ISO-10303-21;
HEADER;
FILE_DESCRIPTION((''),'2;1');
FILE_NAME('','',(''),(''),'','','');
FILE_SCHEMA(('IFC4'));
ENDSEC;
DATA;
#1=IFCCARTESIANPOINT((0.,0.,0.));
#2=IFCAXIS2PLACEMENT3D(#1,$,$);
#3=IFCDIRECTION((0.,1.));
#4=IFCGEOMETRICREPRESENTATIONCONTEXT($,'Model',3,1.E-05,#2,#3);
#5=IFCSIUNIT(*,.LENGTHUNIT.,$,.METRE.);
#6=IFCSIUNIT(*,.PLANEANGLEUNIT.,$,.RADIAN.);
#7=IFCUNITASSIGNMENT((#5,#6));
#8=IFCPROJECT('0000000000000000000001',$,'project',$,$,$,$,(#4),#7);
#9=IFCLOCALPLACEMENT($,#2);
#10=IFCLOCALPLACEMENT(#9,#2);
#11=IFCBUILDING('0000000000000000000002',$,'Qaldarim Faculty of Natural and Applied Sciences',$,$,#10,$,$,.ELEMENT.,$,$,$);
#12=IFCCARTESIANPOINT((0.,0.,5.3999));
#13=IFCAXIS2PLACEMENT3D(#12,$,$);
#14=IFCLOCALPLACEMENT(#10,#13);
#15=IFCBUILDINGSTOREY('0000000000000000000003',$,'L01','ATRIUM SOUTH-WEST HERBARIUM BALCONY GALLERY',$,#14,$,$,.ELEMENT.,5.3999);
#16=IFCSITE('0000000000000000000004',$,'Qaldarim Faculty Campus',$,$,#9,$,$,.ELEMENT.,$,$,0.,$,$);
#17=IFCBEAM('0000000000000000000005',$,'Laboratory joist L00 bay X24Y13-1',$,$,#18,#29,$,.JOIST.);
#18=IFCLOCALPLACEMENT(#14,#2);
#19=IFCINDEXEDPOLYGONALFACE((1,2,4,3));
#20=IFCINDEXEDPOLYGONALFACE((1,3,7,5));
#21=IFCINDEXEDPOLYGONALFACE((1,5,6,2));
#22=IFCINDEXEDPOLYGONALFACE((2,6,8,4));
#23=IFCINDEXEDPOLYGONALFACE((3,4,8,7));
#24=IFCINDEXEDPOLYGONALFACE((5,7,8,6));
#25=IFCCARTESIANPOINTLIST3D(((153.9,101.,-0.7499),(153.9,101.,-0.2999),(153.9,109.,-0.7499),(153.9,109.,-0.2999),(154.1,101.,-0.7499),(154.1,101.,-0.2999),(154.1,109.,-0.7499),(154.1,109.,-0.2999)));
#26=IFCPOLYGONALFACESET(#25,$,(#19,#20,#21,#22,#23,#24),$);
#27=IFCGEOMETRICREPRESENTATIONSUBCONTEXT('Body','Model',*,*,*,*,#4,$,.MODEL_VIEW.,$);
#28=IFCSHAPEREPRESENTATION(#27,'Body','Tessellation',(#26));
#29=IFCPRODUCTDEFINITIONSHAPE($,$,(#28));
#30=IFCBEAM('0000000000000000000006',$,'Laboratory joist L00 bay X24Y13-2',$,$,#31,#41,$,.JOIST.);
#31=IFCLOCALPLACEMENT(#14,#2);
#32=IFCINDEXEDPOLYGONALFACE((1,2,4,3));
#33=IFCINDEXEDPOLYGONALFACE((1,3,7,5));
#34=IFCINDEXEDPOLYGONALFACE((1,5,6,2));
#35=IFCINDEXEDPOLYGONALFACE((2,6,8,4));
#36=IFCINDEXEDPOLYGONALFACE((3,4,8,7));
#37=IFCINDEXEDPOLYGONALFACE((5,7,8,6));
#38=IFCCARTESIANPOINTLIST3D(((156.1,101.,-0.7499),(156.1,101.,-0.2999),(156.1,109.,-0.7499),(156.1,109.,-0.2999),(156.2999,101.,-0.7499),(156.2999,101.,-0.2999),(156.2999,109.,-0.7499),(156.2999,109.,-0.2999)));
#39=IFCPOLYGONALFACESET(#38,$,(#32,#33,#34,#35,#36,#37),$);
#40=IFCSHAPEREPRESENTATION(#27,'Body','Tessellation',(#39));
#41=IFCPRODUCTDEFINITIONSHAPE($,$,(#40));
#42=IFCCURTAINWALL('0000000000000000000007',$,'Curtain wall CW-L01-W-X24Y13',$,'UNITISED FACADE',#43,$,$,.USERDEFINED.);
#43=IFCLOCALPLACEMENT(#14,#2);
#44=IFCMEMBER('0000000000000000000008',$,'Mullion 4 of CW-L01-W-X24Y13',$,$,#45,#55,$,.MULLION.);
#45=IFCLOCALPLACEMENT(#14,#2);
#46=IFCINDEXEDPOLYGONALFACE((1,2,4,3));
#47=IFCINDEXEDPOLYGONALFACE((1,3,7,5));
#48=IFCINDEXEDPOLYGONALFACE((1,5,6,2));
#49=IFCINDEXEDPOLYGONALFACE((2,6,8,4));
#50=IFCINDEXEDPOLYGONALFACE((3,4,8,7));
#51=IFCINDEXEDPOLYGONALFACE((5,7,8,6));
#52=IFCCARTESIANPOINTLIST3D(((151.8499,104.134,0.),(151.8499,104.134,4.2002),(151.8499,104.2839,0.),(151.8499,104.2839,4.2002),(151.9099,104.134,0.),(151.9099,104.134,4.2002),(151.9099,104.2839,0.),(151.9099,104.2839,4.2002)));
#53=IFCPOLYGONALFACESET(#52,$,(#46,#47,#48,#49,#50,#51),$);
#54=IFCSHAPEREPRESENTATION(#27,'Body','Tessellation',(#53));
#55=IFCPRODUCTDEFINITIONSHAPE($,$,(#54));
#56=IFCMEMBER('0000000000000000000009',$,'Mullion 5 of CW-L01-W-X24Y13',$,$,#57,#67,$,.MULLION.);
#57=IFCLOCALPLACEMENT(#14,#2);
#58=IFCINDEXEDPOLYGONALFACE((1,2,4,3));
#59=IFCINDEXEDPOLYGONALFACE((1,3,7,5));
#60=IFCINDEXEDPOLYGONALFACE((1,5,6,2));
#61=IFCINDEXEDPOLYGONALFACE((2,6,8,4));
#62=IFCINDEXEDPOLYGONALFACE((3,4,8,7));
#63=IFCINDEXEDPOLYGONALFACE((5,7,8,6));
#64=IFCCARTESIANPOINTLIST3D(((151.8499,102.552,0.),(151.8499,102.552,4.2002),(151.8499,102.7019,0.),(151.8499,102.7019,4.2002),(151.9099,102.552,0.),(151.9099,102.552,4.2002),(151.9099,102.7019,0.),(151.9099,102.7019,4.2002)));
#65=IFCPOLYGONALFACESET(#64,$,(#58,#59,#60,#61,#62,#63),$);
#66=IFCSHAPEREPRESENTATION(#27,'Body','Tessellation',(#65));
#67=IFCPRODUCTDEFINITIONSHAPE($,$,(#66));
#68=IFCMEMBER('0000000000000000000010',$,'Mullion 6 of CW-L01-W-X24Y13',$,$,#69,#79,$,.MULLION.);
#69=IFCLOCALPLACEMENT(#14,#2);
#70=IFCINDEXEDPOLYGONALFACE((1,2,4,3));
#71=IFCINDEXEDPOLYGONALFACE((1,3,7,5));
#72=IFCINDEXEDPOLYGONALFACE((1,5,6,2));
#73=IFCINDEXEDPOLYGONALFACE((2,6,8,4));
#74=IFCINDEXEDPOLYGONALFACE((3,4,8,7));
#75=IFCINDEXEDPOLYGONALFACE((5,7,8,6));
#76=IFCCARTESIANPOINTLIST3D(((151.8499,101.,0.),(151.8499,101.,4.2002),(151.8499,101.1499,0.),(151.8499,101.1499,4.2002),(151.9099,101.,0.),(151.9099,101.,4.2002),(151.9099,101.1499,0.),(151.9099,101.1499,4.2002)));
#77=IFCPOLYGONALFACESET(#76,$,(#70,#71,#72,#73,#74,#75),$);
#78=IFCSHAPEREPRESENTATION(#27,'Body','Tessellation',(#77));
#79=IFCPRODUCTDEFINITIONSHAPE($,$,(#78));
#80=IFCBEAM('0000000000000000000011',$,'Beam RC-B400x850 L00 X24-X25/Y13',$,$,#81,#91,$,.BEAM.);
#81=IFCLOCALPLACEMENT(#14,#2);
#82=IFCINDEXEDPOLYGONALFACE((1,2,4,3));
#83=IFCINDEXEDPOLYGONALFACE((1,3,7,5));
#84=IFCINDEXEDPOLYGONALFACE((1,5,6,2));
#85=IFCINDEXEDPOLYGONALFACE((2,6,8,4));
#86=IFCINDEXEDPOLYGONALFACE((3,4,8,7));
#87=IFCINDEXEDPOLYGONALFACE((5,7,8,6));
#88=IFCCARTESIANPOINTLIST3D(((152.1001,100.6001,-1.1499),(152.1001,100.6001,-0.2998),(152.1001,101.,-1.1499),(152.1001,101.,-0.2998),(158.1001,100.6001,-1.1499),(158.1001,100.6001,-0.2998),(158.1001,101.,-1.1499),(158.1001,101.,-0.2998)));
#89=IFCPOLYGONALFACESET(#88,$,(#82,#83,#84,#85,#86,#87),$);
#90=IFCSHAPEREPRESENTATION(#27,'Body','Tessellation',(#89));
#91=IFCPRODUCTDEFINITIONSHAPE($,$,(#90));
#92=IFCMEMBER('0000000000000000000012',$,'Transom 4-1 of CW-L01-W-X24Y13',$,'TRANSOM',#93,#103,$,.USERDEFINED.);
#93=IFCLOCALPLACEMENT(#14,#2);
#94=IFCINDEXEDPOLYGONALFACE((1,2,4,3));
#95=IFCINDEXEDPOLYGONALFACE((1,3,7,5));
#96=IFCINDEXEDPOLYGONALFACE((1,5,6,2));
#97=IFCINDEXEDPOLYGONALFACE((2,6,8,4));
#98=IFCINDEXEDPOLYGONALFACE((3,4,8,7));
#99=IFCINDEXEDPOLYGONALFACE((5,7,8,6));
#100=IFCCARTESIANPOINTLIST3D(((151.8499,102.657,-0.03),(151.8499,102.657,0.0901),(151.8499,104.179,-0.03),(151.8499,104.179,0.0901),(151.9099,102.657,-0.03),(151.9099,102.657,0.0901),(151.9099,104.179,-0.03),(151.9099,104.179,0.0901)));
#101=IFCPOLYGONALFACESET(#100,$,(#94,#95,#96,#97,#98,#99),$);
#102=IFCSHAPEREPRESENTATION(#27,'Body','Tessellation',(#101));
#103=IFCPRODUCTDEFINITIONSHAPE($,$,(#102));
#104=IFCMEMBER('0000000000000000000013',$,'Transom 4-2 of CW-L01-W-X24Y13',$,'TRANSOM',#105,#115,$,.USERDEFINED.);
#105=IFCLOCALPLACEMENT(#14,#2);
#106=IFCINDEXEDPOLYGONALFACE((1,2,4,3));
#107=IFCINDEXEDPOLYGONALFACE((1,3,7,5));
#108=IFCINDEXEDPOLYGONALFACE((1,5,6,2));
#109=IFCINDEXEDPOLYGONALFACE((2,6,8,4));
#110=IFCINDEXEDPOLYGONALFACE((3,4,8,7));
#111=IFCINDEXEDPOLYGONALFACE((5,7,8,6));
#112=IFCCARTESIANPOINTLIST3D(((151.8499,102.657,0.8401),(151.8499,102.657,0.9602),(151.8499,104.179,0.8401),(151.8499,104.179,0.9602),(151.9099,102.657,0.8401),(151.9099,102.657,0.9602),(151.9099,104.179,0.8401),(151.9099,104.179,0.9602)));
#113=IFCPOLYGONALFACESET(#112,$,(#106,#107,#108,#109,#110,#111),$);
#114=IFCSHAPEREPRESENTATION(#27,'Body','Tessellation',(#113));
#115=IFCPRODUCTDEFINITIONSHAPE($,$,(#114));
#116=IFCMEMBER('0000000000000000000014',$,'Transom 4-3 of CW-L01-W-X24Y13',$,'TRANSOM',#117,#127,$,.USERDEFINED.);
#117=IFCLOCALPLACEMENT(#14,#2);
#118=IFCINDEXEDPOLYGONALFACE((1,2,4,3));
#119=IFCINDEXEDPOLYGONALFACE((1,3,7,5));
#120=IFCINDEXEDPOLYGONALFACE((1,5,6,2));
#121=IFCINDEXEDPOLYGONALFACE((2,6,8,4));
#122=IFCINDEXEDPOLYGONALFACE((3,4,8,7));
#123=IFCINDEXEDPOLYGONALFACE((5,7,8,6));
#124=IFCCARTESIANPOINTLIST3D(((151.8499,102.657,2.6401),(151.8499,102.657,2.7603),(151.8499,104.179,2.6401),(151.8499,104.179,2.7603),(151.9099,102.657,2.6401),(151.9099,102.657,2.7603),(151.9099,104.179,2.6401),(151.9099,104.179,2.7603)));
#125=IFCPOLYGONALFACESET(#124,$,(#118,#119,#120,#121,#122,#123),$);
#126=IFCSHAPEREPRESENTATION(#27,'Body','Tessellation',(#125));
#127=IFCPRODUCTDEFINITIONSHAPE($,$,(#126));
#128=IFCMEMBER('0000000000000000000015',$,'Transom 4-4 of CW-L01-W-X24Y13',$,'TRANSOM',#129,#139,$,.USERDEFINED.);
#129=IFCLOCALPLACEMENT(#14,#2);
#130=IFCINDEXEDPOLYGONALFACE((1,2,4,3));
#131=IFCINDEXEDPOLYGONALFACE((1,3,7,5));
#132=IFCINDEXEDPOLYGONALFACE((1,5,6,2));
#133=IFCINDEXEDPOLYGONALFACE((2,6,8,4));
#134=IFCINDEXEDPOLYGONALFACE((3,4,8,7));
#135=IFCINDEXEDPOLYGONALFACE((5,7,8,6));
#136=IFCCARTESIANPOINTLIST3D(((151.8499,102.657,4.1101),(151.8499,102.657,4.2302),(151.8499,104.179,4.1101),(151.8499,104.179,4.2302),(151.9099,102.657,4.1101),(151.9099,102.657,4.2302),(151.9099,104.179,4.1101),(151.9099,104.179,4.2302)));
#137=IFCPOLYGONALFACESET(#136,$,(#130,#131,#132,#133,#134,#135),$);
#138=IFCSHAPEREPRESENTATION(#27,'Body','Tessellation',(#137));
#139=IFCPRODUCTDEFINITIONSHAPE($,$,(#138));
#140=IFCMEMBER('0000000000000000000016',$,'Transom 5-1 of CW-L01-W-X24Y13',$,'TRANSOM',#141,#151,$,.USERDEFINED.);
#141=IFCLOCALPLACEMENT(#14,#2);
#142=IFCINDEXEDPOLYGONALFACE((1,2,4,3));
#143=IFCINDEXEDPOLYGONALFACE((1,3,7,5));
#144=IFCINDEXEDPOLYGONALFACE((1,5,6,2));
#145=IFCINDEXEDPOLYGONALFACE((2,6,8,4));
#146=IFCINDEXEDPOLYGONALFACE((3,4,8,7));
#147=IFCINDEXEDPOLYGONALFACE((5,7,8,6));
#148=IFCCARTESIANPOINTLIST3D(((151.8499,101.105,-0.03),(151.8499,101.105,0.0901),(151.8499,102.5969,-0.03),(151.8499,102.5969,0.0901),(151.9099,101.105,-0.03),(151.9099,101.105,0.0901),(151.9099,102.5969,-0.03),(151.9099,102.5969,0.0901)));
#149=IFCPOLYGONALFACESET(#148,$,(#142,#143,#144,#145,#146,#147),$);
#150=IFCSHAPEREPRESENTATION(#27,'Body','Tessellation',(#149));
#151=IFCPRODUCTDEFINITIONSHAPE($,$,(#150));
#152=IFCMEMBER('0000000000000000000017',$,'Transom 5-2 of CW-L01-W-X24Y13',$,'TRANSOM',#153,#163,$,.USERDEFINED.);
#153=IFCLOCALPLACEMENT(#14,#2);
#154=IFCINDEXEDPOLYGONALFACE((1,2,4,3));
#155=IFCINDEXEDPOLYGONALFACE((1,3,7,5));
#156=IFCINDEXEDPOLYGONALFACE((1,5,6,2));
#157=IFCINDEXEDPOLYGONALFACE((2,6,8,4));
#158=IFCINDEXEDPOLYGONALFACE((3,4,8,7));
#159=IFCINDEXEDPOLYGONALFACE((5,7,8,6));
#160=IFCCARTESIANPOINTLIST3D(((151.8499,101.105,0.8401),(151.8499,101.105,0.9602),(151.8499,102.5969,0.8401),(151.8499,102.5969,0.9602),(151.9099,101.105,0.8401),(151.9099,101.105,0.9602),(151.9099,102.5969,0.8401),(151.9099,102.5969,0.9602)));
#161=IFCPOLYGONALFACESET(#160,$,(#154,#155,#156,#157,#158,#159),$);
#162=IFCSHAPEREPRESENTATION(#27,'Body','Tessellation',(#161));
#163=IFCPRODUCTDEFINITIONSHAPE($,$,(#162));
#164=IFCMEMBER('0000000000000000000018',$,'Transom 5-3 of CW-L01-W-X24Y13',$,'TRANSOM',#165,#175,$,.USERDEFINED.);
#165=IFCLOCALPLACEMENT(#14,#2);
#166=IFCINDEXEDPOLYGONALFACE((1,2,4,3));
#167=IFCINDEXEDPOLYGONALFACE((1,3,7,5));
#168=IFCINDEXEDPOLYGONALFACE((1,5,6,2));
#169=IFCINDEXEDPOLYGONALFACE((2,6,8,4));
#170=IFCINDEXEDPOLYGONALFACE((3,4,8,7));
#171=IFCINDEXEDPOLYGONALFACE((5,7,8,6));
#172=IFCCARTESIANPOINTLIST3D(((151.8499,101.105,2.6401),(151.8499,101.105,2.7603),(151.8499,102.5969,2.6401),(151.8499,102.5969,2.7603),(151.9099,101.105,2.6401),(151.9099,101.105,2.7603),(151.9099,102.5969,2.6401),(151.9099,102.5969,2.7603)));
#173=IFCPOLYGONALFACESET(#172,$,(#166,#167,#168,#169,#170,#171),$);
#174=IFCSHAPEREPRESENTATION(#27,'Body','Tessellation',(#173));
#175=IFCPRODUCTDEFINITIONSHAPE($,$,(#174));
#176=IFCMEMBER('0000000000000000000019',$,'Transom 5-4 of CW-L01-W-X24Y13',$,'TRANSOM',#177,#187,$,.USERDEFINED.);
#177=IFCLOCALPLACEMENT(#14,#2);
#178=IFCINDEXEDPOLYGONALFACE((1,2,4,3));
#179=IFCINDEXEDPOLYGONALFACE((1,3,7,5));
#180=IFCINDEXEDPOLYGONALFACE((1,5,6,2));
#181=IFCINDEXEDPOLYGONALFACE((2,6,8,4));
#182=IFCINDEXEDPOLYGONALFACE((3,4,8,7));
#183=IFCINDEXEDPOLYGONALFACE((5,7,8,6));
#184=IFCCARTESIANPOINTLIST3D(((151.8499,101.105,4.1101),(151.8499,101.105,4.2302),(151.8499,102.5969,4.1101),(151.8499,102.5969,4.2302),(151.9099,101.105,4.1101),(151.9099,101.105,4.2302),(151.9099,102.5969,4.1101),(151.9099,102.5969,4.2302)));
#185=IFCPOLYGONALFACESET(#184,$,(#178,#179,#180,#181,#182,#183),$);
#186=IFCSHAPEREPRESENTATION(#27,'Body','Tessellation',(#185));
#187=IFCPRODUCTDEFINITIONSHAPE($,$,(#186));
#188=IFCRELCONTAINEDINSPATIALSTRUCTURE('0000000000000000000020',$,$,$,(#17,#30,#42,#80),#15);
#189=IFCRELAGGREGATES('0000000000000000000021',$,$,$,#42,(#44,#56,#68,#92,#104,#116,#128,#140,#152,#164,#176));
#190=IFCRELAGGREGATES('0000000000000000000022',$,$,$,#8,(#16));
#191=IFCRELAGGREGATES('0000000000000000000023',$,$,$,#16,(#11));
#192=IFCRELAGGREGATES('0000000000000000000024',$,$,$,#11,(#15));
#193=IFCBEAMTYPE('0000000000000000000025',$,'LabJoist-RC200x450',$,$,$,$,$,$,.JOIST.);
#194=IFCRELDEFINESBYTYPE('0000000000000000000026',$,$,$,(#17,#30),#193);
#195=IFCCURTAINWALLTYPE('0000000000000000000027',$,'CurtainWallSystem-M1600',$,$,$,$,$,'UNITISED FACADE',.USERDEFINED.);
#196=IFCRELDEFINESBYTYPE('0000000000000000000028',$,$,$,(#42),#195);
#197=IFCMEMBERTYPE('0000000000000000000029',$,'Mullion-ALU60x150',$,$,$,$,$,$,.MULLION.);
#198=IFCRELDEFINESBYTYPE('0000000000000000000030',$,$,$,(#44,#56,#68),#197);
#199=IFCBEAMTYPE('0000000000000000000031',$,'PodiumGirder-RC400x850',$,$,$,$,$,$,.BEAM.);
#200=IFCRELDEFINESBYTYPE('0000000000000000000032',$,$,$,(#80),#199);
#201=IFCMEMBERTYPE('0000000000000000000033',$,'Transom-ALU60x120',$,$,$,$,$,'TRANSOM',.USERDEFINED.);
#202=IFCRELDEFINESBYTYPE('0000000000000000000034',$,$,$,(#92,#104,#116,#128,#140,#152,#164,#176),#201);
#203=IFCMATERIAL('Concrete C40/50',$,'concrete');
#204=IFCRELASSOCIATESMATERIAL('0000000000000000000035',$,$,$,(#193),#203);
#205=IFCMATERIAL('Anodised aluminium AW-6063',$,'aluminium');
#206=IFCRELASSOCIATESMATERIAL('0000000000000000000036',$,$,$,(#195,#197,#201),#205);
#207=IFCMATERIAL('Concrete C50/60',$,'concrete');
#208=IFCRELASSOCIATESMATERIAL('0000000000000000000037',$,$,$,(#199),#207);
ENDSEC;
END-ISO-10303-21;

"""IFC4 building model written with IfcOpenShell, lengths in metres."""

from ifc_helpers import new_model, si_unit, direction, frame, origin, origin_2d, place, context, subcontext, project, spatial, rectangle, extrude, material, material_profile, profile_set, type_object, element, aggregate, save


model = new_model("IFC4")

# Units and contexts
model_context = context("Model", 3, precision=1e-05, world=origin(), true_north=direction((0.0, 1.0)))
body_context = subcontext(model_context, "Body", "Model", "MODEL_VIEW")
ifc_project = project(units=[si_unit("LENGTHUNIT", "METRE"), si_unit("PLANEANGLEUNIT", "RADIAN")], contexts=[model_context])

# Site, building, storey
site_placement = place(None, origin())
site = spatial("IfcSite", under=ifc_project, at=site_placement, Name="Qaldarim Faculty Campus", CompositionType="ELEMENT", RefElevation=0.0)
building_placement = place(site_placement, origin())
building = spatial("IfcBuilding", under=site, at=building_placement, Name="Qaldarim Faculty of Natural and Applied Sciences", CompositionType="ELEMENT")
storey_placement = place(building_placement, frame((0.0, 0.0, 5.3999)))
storey = spatial("IfcBuildingStorey", under=building, at=storey_placement, Name="L01", Description="ATRIUM SOUTH-WEST HERBARIUM BALCONY GALLERY", CompositionType="ELEMENT", Elevation=5.3999)

# Beams
ifc_material_1 = material(Name="Concrete C40/50", Category="concrete")
ifc_material_profile_1 = material_profile(ifc_material_1, rectangle(XDim=0.2, YDim=0.45, at=origin_2d()), Name="RC-J200x450")
ifc_profile_set_1 = profile_set([ifc_material_profile_1], Name="Concrete C40/50")
beam_type_1 = type_object("IfcBeamType", Name="LabJoist-RC200x450", PredefinedType="JOIST", material=ifc_profile_set_1)
for number, where, z_axis, x_axis, name in (
    (1, (154.0, 101.0, -0.5249), (0.0, 1.0, 0.0), (-1.0, 0.0, 0.0), "Laboratory joist L00 bay X24Y13-1"),
    (2, (156.2, 101.0, -0.5249), (0.0, 1.0, 0.0), (-1.0, 0.0, 0.0), "Laboratory joist L00 bay X24Y13-2"),
):
    element("IfcBeam", number, at=place(storey_placement, frame(where, z_axis=z_axis, x_axis=x_axis)), inside=storey, type_object=beam_type_1, Name=name, PredefinedType="JOIST", context=body_context, shape_type="SweptSolid", body=[
        extrude(rectangle(XDim=0.2, YDim=0.45, at=origin_2d()), origin(), (0.0, 0.0, 1.0), 8.0),
    ])

# Curtain wall, members
ifc_material_2 = material(Name="Anodised aluminium AW-6063", Category="aluminium")
curtain_wall_type = type_object("IfcCurtainWallType", Name="CurtainWallSystem-M1600", ElementType="UNITISED FACADE", PredefinedType="USERDEFINED", material=ifc_material_2)
curtain_wall_placement = place(storey_placement, origin())
curtain_wall = element("IfcCurtainWall", 3, at=curtain_wall_placement, inside=storey, type_object=curtain_wall_type, Name="Curtain wall CW-L01-W-X24Y13", ObjectType="UNITISED FACADE", PredefinedType="USERDEFINED")
ifc_material_profile_2 = material_profile(ifc_material_2, rectangle(XDim=0.0601, YDim=0.1499, at=origin_2d()), Name="ALU-M60x150")
ifc_profile_set_2 = profile_set([ifc_material_profile_2], Name="Anodised aluminium AW-6063")
member_type_1 = type_object("IfcMemberType", Name="Mullion-ALU60x150", PredefinedType="MULLION", material=ifc_profile_set_2)
member_1_placement = place(storey_placement, frame((151.8799, 104.209, 0.0), z_axis=(0.0, 0.0, 1.0), x_axis=(1.0, 0.0, 0.0)))
member_1 = element("IfcMember", 4, at=member_1_placement, type_object=member_type_1, Name="Mullion 4 of CW-L01-W-X24Y13", PredefinedType="MULLION", context=body_context, shape_type="SweptSolid", body=[
    extrude(rectangle(XDim=0.0601, YDim=0.1499, at=origin_2d()), origin(), (0.0, 0.0, 1.0), 4.2002),
])
member_2_placement = place(storey_placement, frame((151.8799, 102.627, 0.0), z_axis=(0.0, 0.0, 1.0), x_axis=(1.0, 0.0, 0.0)))
member_2 = element("IfcMember", 5, at=member_2_placement, type_object=member_type_1, Name="Mullion 5 of CW-L01-W-X24Y13", PredefinedType="MULLION", context=body_context, shape_type="SweptSolid", body=[
    extrude(rectangle(XDim=0.0601, YDim=0.1499, at=origin_2d()), origin(), (0.0, 0.0, 1.0), 4.2002),
])
member_3_placement = place(storey_placement, frame((151.8799, 101.075, 0.0), z_axis=(0.0, 0.0, 1.0), x_axis=(1.0, 0.0, 0.0)))
member_3 = element("IfcMember", 6, at=member_3_placement, type_object=member_type_1, Name="Mullion 6 of CW-L01-W-X24Y13", PredefinedType="MULLION", context=body_context, shape_type="SweptSolid", body=[
    extrude(rectangle(XDim=0.0601, YDim=0.1499, at=origin_2d()), origin(), (0.0, 0.0, 1.0), 4.2002),
])

# Beam
ifc_material_3 = material(Name="Concrete C50/60", Category="concrete")
ifc_material_profile_3 = material_profile(ifc_material_3, rectangle(XDim=0.3999, YDim=0.8501, at=origin_2d()), Name="RC-B400x850")
ifc_profile_set_3 = profile_set([ifc_material_profile_3], Name="Concrete C50/60")
beam_type_2 = type_object("IfcBeamType", Name="PodiumGirder-RC400x850", PredefinedType="BEAM", material=ifc_profile_set_3)
beam_placement = place(storey_placement, frame((152.1001, 100.8, -0.7249), z_axis=(1.0, 0.0, 0.0), x_axis=(0.0, 1.0, 0.0)))
element("IfcBeam", 7, at=beam_placement, inside=storey, type_object=beam_type_2, Name="Beam RC-B400x850 L00 X24-X25/Y13", PredefinedType="BEAM", context=body_context, shape_type="SweptSolid", body=[
    extrude(rectangle(XDim=0.3999, YDim=0.8501, at=origin_2d()), origin(), (0.0, 0.0, 1.0), 6.0),
])

# Members
ifc_material_profile_4 = material_profile(ifc_material_2, rectangle(XDim=0.0601, YDim=0.1201, at=origin_2d()), Name="ALU-T60x120")
ifc_profile_set_4 = profile_set([ifc_material_profile_4], Name="Anodised aluminium AW-6063")
member_type_2 = type_object("IfcMemberType", Name="Transom-ALU60x120", ElementType="TRANSOM", PredefinedType="USERDEFINED", material=ifc_profile_set_4)
member_4_placement = place(storey_placement, frame((151.8799, 104.179, 0.03), z_axis=(0.0, -1.0, 0.0), x_axis=(1.0, 0.0, 0.0)))
member_4 = element("IfcMember", 8, at=member_4_placement, type_object=member_type_2, Name="Transom 4-1 of CW-L01-W-X24Y13", ObjectType="TRANSOM", PredefinedType="USERDEFINED", context=body_context, shape_type="SweptSolid", body=[
    extrude(rectangle(XDim=0.0601, YDim=0.1201, at=origin_2d()), origin(), (0.0, 0.0, 1.0), 1.522),
])
member_5_placement = place(storey_placement, frame((151.8799, 104.179, 0.9001), z_axis=(0.0, -1.0, 0.0), x_axis=(1.0, 0.0, 0.0)))
member_5 = element("IfcMember", 9, at=member_5_placement, type_object=member_type_2, Name="Transom 4-2 of CW-L01-W-X24Y13", ObjectType="TRANSOM", PredefinedType="USERDEFINED", context=body_context, shape_type="SweptSolid", body=[
    extrude(rectangle(XDim=0.0601, YDim=0.1201, at=origin_2d()), origin(), (0.0, 0.0, 1.0), 1.522),
])
member_6_placement = place(storey_placement, frame((151.8799, 104.179, 2.7002), z_axis=(0.0, -1.0, 0.0), x_axis=(1.0, 0.0, 0.0)))
member_6 = element("IfcMember", 10, at=member_6_placement, type_object=member_type_2, Name="Transom 4-3 of CW-L01-W-X24Y13", ObjectType="TRANSOM", PredefinedType="USERDEFINED", context=body_context, shape_type="SweptSolid", body=[
    extrude(rectangle(XDim=0.0601, YDim=0.1201, at=origin_2d()), origin(), (0.0, 0.0, 1.0), 1.522),
])
member_7_placement = place(storey_placement, frame((151.8799, 104.179, 4.1702), z_axis=(0.0, -1.0, 0.0), x_axis=(1.0, 0.0, 0.0)))
member_7 = element("IfcMember", 11, at=member_7_placement, type_object=member_type_2, Name="Transom 4-4 of CW-L01-W-X24Y13", ObjectType="TRANSOM", PredefinedType="USERDEFINED", context=body_context, shape_type="SweptSolid", body=[
    extrude(rectangle(XDim=0.0601, YDim=0.1201, at=origin_2d()), origin(), (0.0, 0.0, 1.0), 1.522),
])
member_8_placement = place(storey_placement, frame((151.8799, 102.5969, 0.03), z_axis=(0.0, -1.0, 0.0), x_axis=(1.0, 0.0, 0.0)))
member_8 = element("IfcMember", 12, at=member_8_placement, type_object=member_type_2, Name="Transom 5-1 of CW-L01-W-X24Y13", ObjectType="TRANSOM", PredefinedType="USERDEFINED", context=body_context, shape_type="SweptSolid", body=[
    extrude(rectangle(XDim=0.0601, YDim=0.1201, at=origin_2d()), origin(), (0.0, 0.0, 1.0), 1.4919),
])
member_9_placement = place(storey_placement, frame((151.8799, 102.5969, 0.9001), z_axis=(0.0, -1.0, 0.0), x_axis=(1.0, 0.0, 0.0)))
member_9 = element("IfcMember", 13, at=member_9_placement, type_object=member_type_2, Name="Transom 5-2 of CW-L01-W-X24Y13", ObjectType="TRANSOM", PredefinedType="USERDEFINED", context=body_context, shape_type="SweptSolid", body=[
    extrude(rectangle(XDim=0.0601, YDim=0.1201, at=origin_2d()), origin(), (0.0, 0.0, 1.0), 1.4919),
])
member_10_placement = place(storey_placement, frame((151.8799, 102.5969, 2.7002), z_axis=(0.0, -1.0, 0.0), x_axis=(1.0, 0.0, 0.0)))
member_10 = element("IfcMember", 14, at=member_10_placement, type_object=member_type_2, Name="Transom 5-3 of CW-L01-W-X24Y13", ObjectType="TRANSOM", PredefinedType="USERDEFINED", context=body_context, shape_type="SweptSolid", body=[
    extrude(rectangle(XDim=0.0601, YDim=0.1201, at=origin_2d()), origin(), (0.0, 0.0, 1.0), 1.4919),
])
member_11_placement = place(storey_placement, frame((151.8799, 102.5969, 4.1702), z_axis=(0.0, -1.0, 0.0), x_axis=(1.0, 0.0, 0.0)))
member_11 = element("IfcMember", 15, at=member_11_placement, type_object=member_type_2, Name="Transom 5-4 of CW-L01-W-X24Y13", ObjectType="TRANSOM", PredefinedType="USERDEFINED", context=body_context, shape_type="SweptSolid", body=[
    extrude(rectangle(XDim=0.0601, YDim=0.1201, at=origin_2d()), origin(), (0.0, 0.0, 1.0), 1.4919),
])

aggregate(curtain_wall, [member_1, member_2, member_3, member_4, member_5, member_6, member_7, member_8, member_9, member_10, member_11])

save(model, "model.ifc")
